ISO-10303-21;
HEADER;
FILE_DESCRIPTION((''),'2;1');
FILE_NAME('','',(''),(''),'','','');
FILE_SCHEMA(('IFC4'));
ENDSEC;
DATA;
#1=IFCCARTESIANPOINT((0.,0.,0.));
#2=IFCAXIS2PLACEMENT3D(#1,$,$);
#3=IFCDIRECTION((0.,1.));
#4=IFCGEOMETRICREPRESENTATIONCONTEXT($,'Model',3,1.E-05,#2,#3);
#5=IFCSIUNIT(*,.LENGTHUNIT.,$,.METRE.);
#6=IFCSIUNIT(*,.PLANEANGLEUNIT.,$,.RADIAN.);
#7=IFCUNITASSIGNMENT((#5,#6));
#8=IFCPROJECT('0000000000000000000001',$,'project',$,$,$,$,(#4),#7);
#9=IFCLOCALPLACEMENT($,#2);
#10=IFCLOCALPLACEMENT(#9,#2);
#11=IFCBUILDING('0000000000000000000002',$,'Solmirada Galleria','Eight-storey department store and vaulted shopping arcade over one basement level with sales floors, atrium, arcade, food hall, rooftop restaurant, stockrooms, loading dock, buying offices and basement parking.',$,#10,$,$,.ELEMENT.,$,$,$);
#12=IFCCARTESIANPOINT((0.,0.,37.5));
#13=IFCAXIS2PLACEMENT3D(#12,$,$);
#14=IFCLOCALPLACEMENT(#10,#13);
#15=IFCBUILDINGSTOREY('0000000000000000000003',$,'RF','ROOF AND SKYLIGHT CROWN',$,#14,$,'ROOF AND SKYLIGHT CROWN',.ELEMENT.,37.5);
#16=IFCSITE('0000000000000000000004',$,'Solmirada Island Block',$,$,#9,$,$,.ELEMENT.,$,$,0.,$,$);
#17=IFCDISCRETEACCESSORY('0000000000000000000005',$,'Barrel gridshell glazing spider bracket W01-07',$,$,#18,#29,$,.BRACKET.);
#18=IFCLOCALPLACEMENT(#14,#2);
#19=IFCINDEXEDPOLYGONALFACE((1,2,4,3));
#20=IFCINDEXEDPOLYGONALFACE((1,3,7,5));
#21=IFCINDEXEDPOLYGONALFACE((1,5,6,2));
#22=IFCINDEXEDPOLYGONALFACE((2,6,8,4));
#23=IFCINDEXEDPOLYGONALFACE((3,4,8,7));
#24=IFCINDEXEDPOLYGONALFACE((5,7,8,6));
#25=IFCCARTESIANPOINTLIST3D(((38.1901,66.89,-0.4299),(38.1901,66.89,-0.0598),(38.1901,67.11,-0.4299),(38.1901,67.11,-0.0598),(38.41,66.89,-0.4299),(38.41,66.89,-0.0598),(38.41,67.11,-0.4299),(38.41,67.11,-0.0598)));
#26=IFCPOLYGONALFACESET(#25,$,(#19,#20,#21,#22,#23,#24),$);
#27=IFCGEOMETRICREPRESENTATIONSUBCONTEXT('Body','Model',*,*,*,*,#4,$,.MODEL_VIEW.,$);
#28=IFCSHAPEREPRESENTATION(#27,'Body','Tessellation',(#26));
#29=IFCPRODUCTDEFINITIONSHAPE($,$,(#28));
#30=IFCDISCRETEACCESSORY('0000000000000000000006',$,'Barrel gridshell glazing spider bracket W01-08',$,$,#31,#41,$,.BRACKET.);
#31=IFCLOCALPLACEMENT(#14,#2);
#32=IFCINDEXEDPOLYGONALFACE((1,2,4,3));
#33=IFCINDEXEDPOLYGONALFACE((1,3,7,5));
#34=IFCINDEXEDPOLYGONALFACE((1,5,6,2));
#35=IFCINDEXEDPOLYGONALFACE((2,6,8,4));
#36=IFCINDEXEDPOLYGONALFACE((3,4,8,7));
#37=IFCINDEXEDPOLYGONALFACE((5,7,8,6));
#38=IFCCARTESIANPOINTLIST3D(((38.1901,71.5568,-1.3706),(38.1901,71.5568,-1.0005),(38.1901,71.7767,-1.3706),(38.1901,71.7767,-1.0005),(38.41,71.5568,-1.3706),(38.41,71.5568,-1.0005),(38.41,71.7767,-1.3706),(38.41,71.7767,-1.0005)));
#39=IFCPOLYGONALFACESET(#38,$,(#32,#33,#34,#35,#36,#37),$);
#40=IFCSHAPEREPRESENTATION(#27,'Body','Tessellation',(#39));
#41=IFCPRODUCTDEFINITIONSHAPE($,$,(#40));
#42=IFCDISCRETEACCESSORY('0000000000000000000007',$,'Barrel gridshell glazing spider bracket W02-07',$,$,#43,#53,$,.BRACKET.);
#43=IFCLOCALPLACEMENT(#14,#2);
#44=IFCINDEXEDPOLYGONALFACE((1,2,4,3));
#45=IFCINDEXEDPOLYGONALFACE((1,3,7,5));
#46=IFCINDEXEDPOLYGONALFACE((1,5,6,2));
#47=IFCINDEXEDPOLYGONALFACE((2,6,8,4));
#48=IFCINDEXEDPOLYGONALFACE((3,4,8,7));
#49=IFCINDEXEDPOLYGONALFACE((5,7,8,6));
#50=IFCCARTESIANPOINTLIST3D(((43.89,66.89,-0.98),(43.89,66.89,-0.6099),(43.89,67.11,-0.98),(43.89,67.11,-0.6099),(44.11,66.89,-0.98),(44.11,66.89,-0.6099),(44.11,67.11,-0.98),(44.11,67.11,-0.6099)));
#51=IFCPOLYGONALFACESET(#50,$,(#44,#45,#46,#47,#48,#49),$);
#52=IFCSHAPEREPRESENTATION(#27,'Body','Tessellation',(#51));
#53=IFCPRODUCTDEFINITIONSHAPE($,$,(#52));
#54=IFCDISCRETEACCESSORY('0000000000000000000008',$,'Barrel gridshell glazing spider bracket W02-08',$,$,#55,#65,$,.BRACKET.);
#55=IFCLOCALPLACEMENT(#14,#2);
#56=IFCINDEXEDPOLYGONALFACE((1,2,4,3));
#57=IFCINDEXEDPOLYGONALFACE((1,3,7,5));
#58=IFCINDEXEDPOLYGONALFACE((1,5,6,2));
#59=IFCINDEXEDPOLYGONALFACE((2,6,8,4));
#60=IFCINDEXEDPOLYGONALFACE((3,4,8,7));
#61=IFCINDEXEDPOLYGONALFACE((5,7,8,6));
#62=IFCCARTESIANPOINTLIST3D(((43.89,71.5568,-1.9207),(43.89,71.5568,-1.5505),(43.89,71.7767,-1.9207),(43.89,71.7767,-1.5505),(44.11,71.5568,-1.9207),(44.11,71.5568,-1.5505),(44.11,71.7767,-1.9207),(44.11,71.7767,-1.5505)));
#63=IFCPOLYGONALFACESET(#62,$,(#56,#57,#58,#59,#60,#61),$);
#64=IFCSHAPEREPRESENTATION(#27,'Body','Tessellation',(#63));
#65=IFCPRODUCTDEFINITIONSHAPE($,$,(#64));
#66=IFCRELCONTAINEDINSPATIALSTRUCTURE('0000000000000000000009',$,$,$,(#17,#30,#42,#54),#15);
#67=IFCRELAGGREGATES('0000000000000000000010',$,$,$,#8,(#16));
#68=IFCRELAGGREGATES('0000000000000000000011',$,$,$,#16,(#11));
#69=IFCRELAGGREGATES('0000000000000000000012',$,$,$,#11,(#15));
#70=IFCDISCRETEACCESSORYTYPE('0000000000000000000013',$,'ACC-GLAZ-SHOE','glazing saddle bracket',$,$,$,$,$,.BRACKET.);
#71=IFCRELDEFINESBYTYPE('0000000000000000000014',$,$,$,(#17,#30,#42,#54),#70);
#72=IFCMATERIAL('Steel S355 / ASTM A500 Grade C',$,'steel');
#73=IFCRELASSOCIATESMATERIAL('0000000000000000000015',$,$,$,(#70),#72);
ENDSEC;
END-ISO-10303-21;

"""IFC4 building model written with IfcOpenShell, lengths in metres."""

from ifc_helpers import new_model, si_unit, direction, frame, origin, origin_2d, place, context, subcontext, project, spatial, rectangle, extrude, material, type_object, element, save


model = new_model("IFC4")

# Units and contexts
model_context = context("Model", 3, precision=1e-05, world=origin(), true_north=direction((0.0, 1.0)))
body_context = subcontext(model_context, "Body", "Model", "MODEL_VIEW")
ifc_project = project(units=[si_unit("LENGTHUNIT", "METRE"), si_unit("PLANEANGLEUNIT", "RADIAN")], contexts=[model_context])

# Site, building, storey
site_placement = place(None, origin())
site = spatial("IfcSite", under=ifc_project, at=site_placement, Name="Solmirada Island Block", CompositionType="ELEMENT", RefElevation=0.0)
building_placement = place(site_placement, origin())
building = spatial("IfcBuilding", under=site, at=building_placement, Name="Solmirada Galleria", Description="Eight-storey department store and vaulted shopping arcade over one basement level with sales floors, atrium, arcade, food hall, rooftop restaurant, stockrooms, loading dock, buying offices and basement parking.", CompositionType="ELEMENT")
storey_placement = place(building_placement, frame((0.0, 0.0, 37.5)))
storey = spatial("IfcBuildingStorey", under=building, at=storey_placement, Name="RF", Description="ROOF AND SKYLIGHT CROWN", LongName="ROOF AND SKYLIGHT CROWN", CompositionType="ELEMENT", Elevation=37.5)

# Shared definitions
ifc_material_1 = material(Name="Steel S355 / ASTM A500 Grade C", Category="steel")

# Discrete accessories
discrete_accessory_type = type_object("IfcDiscreteAccessoryType", Name="ACC-GLAZ-SHOE", Description="glazing saddle bracket", PredefinedType="BRACKET", material=ifc_material_1)
for number, where, z_axis, x_axis, name in (
    (1, (38.3, 67.0, -0.4299), (0.0, 0.0, 1.0), (1.0, 0.0, 0.0), "Barrel gridshell glazing spider bracket W01-07"),
    (2, (38.3, 71.6667, -1.3706), (0.0, 0.0, 1.0), (1.0, 0.0, 0.0), "Barrel gridshell glazing spider bracket W01-08"),
    (3, (44.0, 67.0, -0.98), (0.0, 0.0, 1.0), (1.0, 0.0, 0.0), "Barrel gridshell glazing spider bracket W02-07"),
    (4, (44.0, 71.6667, -1.9207), (0.0, 0.0, 1.0), (1.0, 0.0, 0.0), "Barrel gridshell glazing spider bracket W02-08"),
):
    element("IfcDiscreteAccessory", number, at=place(storey_placement, frame(where, z_axis=z_axis, x_axis=x_axis)), inside=storey, type_object=discrete_accessory_type, Name=name, PredefinedType="BRACKET", context=body_context, shape_type="SweptSolid", body=[
        extrude(rectangle(XDim=0.22, YDim=0.22, at=origin_2d()), origin(), (0.0, 0.0, 1.0), 0.3701),
    ])

save(model, "model.ifc")
